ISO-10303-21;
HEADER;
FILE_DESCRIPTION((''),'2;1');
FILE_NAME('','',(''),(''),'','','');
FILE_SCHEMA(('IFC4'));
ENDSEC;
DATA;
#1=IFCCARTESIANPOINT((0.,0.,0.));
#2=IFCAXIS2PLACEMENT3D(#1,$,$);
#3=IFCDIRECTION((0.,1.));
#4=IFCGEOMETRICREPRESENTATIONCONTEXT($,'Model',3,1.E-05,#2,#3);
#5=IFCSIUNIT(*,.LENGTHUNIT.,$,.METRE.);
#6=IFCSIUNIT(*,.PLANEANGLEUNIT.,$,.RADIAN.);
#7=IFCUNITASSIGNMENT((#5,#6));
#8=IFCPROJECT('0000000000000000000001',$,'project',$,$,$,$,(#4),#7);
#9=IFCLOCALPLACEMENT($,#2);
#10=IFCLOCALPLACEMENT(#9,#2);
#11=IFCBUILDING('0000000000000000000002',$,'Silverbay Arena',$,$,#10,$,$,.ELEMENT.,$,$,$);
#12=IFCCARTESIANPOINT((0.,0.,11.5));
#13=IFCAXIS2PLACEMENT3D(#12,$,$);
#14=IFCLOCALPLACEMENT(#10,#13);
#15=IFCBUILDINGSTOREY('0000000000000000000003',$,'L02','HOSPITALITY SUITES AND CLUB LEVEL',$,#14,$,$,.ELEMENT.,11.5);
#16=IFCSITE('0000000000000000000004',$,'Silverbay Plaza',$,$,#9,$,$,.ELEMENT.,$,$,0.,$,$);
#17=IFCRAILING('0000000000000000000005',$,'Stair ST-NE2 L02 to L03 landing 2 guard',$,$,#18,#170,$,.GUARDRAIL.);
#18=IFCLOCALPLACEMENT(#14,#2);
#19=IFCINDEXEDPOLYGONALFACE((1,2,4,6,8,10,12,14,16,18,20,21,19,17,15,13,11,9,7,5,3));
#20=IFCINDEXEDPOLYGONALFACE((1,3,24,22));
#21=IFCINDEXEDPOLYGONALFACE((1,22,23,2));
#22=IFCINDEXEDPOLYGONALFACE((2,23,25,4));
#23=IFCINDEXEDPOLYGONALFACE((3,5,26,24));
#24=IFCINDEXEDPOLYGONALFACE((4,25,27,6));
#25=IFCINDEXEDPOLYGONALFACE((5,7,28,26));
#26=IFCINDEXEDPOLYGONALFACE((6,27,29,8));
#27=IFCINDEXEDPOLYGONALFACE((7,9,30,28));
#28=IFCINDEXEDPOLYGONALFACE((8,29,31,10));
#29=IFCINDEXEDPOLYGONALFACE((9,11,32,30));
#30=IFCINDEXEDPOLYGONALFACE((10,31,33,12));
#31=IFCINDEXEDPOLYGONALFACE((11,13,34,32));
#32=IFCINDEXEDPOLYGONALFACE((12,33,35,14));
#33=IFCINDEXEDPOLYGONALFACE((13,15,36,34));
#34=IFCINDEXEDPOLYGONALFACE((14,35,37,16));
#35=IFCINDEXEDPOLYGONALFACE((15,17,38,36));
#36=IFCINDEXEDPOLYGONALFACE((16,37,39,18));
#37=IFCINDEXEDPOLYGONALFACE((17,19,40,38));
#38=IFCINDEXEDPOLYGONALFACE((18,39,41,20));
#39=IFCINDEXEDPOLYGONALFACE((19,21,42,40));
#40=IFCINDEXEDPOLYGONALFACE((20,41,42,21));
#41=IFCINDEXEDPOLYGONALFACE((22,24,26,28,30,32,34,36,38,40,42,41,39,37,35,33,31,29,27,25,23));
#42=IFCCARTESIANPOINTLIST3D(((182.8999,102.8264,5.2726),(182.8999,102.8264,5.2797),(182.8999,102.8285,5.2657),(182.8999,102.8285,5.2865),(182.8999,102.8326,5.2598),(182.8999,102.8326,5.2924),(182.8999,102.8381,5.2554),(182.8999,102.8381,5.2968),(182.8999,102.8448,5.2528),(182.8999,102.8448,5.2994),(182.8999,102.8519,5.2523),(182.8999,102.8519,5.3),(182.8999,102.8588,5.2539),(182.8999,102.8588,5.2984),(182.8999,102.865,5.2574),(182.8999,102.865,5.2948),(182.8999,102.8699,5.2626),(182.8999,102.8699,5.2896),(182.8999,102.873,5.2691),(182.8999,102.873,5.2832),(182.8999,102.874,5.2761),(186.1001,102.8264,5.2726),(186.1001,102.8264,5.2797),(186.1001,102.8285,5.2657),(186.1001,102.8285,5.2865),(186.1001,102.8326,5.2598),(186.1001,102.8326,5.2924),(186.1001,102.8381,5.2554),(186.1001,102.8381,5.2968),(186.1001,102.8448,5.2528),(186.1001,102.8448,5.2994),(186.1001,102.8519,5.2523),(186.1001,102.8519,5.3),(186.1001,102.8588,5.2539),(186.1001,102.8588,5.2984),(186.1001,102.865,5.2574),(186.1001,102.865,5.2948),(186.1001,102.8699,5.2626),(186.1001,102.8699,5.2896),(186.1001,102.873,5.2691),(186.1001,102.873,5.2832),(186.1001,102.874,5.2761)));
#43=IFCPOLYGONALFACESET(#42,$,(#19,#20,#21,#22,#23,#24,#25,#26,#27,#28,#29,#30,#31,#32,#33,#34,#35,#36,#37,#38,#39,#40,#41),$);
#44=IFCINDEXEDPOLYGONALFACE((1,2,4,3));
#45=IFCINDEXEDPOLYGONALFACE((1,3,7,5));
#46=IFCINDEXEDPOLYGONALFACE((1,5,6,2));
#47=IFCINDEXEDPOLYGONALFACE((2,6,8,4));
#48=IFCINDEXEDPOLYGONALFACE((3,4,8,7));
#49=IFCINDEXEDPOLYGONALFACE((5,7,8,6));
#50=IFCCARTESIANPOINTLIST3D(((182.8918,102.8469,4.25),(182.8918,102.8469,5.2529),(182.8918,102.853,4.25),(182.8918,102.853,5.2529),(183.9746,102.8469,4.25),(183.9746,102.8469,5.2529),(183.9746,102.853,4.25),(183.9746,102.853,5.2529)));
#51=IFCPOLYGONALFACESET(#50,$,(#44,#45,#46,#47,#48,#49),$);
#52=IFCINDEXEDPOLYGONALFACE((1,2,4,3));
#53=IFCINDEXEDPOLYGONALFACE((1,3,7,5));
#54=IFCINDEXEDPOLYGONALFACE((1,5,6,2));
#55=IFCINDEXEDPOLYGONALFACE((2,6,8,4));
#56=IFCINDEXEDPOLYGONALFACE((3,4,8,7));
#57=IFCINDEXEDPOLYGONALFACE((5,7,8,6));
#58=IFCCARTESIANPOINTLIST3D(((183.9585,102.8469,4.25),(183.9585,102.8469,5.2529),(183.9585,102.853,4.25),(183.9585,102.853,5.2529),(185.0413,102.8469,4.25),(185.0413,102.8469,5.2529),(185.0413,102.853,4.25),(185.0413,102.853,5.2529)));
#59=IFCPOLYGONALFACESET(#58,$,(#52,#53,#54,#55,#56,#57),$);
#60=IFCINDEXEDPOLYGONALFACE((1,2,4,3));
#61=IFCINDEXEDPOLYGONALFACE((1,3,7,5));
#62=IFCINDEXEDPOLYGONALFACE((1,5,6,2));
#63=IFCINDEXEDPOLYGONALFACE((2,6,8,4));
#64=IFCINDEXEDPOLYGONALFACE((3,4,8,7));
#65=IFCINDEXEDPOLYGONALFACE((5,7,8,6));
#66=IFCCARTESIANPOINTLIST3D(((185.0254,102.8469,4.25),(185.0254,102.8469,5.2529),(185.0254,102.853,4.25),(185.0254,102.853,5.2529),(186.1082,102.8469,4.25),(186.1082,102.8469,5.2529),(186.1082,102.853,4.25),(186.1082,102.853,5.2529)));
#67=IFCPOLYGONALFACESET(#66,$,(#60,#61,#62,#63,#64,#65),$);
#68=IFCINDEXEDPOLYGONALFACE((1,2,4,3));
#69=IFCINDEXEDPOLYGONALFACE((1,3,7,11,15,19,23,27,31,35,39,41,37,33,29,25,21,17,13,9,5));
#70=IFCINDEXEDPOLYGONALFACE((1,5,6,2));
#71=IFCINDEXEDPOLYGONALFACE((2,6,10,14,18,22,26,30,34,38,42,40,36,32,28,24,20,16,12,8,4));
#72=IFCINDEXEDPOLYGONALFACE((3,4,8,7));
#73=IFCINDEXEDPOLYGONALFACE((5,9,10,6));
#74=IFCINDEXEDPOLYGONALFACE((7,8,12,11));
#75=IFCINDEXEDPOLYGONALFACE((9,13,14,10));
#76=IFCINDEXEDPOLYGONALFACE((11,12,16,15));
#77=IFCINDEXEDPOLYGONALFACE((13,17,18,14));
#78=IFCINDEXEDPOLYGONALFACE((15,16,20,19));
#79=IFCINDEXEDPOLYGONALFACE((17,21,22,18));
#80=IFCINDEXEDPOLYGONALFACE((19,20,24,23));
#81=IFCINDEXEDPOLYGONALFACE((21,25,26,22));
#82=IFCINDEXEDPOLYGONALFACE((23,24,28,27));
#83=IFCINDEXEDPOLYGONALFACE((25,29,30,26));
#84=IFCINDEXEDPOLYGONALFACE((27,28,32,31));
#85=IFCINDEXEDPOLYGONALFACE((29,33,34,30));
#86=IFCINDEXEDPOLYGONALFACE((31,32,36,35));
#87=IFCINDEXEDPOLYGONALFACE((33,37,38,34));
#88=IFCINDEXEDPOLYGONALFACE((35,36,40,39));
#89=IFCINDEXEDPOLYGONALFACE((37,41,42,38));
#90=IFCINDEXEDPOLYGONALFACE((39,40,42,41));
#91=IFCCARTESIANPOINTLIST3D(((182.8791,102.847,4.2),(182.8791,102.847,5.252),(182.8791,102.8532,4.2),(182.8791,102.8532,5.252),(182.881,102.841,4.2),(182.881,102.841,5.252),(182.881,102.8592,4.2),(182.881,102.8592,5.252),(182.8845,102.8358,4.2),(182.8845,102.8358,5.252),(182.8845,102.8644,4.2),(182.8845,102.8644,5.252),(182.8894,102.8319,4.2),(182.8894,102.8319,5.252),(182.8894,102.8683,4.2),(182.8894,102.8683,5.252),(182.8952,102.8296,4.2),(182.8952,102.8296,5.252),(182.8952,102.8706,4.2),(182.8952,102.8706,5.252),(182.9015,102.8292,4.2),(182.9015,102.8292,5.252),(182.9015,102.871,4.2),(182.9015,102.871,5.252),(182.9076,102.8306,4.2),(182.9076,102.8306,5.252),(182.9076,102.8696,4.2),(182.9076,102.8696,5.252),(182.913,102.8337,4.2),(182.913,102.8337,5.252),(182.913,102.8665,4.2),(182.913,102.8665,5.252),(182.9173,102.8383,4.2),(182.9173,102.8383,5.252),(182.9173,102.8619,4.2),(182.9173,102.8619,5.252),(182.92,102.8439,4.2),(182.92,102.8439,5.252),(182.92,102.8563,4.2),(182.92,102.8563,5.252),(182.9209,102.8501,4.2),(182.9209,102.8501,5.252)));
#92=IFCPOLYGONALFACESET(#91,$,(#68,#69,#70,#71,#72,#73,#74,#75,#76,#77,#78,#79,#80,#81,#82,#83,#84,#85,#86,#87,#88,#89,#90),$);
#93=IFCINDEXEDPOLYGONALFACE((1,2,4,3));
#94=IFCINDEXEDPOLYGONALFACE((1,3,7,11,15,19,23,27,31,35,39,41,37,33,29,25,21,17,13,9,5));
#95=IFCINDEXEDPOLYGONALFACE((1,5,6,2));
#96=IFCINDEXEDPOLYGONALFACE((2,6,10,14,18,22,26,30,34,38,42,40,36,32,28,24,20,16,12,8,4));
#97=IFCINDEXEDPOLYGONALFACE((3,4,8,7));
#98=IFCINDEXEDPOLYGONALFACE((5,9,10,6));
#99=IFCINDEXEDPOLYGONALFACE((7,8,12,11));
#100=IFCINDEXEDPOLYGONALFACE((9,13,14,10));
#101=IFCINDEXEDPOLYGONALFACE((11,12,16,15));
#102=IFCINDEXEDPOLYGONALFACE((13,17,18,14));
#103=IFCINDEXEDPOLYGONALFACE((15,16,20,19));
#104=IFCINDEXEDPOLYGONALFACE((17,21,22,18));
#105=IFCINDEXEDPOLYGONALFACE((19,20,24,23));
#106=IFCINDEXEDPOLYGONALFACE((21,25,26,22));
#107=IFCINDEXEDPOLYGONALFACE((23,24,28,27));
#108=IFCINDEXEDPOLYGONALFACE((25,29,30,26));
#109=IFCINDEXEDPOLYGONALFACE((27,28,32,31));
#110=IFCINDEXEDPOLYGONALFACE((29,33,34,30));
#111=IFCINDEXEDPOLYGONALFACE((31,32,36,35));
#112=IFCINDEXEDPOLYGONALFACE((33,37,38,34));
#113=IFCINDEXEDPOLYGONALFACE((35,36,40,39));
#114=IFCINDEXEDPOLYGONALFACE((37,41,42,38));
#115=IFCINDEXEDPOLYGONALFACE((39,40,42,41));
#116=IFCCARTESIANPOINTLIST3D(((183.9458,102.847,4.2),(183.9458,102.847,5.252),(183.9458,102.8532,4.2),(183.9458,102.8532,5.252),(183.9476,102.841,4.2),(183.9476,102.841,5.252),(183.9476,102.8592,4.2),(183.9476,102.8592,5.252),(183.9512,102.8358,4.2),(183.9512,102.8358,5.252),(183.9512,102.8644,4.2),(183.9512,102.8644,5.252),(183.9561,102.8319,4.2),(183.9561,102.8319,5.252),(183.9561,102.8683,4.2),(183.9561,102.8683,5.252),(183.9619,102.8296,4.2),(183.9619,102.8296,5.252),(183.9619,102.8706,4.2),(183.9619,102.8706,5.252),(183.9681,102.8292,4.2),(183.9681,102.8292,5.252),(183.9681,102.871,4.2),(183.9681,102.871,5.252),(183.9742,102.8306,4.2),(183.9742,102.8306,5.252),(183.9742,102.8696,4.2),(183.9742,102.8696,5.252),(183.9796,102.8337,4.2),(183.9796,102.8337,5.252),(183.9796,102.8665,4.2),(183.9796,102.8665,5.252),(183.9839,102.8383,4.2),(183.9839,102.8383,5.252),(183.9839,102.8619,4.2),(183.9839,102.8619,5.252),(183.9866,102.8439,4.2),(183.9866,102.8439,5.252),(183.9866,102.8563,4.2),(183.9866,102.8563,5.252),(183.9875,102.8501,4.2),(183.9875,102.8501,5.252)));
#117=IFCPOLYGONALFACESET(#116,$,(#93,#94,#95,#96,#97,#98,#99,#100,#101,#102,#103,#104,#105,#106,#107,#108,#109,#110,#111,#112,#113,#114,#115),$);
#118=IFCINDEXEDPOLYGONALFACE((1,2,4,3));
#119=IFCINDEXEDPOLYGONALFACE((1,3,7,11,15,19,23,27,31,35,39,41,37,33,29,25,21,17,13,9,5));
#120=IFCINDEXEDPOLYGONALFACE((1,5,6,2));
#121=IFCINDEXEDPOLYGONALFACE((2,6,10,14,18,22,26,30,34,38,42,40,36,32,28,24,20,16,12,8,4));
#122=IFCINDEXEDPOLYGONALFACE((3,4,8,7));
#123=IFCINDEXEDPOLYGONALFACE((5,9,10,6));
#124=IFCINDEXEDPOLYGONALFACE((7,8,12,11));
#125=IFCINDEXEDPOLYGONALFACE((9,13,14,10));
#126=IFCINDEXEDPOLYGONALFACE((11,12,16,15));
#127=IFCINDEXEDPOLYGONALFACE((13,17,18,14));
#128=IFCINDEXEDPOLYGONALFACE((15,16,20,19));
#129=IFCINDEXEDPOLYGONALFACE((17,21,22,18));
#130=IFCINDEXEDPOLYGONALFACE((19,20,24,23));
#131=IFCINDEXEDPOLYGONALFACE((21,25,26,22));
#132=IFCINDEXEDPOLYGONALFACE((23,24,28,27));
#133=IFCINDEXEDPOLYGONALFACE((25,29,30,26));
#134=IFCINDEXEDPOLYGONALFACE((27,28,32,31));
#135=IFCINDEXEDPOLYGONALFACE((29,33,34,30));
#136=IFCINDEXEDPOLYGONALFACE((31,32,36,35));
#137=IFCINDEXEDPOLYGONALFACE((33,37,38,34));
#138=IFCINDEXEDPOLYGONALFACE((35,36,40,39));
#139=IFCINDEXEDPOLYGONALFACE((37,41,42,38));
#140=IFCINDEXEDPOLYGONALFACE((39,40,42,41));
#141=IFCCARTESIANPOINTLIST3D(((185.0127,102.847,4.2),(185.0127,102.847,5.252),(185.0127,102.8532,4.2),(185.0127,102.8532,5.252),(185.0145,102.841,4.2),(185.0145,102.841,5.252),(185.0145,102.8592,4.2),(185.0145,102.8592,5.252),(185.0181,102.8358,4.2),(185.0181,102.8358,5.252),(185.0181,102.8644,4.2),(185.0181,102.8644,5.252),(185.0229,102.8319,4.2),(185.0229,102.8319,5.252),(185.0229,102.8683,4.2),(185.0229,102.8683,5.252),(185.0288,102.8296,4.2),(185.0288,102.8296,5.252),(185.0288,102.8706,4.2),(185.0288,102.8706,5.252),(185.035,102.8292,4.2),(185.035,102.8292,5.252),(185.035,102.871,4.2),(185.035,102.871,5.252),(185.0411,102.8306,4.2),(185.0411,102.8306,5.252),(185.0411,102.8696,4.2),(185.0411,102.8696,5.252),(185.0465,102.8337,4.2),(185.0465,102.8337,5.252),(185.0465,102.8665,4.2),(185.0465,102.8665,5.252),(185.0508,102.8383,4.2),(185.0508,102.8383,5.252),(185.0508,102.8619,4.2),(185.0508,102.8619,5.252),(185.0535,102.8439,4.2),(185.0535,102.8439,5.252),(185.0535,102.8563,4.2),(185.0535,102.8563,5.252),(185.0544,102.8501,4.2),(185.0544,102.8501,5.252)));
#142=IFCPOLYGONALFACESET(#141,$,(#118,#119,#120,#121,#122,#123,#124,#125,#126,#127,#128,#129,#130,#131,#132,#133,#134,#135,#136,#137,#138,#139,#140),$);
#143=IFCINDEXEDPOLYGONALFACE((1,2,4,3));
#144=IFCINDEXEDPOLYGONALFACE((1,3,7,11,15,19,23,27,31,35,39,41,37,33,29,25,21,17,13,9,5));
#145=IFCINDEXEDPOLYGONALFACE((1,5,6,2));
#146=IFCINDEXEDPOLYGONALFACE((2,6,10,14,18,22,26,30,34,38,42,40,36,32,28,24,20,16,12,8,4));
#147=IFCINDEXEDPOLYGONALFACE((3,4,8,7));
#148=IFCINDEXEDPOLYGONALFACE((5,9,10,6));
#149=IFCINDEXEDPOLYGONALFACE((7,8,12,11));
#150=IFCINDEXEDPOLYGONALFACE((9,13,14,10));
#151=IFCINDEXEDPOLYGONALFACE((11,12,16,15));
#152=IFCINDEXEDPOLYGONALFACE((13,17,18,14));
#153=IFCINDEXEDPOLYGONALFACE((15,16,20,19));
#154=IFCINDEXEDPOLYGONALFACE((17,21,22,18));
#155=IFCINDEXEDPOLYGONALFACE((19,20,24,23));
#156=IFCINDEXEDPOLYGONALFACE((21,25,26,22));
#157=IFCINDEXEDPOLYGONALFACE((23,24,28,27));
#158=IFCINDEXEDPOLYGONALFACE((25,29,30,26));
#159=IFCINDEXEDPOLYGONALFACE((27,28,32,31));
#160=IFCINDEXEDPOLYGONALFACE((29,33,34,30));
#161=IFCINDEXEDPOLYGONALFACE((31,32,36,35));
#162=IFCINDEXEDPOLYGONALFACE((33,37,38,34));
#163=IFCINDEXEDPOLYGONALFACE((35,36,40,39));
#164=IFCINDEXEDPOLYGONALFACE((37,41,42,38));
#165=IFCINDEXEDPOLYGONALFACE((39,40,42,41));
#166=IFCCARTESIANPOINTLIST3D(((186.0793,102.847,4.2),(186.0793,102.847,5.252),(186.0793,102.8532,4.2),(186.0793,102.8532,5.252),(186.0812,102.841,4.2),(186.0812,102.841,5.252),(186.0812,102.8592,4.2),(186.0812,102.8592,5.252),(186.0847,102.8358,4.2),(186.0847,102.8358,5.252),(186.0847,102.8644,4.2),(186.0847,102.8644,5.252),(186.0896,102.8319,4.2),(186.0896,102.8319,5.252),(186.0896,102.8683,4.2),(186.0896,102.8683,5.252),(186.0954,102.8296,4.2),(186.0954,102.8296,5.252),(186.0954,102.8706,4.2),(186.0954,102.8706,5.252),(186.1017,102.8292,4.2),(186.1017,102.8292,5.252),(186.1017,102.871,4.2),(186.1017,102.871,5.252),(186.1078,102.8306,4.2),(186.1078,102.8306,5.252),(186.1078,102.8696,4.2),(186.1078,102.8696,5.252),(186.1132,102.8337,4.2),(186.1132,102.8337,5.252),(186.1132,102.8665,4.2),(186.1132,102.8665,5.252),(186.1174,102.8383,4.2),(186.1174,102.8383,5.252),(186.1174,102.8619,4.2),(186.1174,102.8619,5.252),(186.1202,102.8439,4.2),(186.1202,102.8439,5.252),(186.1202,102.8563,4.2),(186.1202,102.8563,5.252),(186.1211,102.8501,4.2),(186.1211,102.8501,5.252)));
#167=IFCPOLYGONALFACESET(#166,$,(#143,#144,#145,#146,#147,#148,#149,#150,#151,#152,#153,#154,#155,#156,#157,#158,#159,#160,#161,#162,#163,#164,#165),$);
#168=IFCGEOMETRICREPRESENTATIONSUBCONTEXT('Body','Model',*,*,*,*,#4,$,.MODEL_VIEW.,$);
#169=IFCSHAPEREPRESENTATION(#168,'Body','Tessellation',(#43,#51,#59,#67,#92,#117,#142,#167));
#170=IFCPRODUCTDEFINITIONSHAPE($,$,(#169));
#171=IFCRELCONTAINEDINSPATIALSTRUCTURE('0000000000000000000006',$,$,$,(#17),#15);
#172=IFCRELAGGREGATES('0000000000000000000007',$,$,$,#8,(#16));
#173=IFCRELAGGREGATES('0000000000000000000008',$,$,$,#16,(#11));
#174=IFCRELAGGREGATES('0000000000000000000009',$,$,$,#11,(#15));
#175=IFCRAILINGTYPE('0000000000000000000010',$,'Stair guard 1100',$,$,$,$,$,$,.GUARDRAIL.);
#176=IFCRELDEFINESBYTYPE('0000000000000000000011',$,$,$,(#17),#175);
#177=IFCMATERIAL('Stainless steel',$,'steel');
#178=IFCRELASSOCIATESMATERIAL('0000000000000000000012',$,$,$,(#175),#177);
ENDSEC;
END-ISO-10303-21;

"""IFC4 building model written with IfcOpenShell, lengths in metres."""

from ifc_helpers import new_model, si_unit, direction, frame, origin, origin_2d, place, context, subcontext, project, spatial, polyline, circle, outline, extrude, material, type_object, element, save


model = new_model("IFC4")

# Units and contexts
model_context = context("Model", 3, precision=1e-05, world=origin(), true_north=direction((0.0, 1.0)))
body_context = subcontext(model_context, "Body", "Model", "MODEL_VIEW")
ifc_project = project(units=[si_unit("LENGTHUNIT", "METRE"), si_unit("PLANEANGLEUNIT", "RADIAN")], contexts=[model_context])

# Site, building, storey
site_placement = place(None, origin())
site = spatial("IfcSite", under=ifc_project, at=site_placement, Name="Silverbay Plaza", CompositionType="ELEMENT", RefElevation=0.0)
building_placement = place(site_placement, origin())
building = spatial("IfcBuilding", under=site, at=building_placement, Name="Silverbay Arena", CompositionType="ELEMENT")
storey_placement = place(building_placement, frame((0.0, 0.0, 11.5)))
storey = spatial("IfcBuildingStorey", under=building, at=storey_placement, Name="L02", Description="HOSPITALITY SUITES AND CLUB LEVEL", CompositionType="ELEMENT", Elevation=11.5)

# Railing
ifc_material_1 = material(Name="Stainless steel", Category="steel")
railing_type_1 = type_object("IfcRailingType", Name="Stair guard 1100", PredefinedType="GUARDRAIL", material=ifc_material_1)
for number, where, name in (
    (1, (182.8999, 102.8501, 4.2), "Stair ST-NE2 L02 to L03 landing 2 guard"),
):
    element("IfcRailing", number, at=place(storey_placement, frame(where)), inside=storey, type_object=railing_type_1, Name=name, PredefinedType="GUARDRAIL", context=body_context, shape_type="SweptSolid", body=[
        extrude(circle(Radius=0.0239, at=origin_2d()), frame((0.0, 0.0, 1.0762), z_axis=(1.0, 0.0, 0.0), x_axis=(0.0, 1.0, 0.0)), (0.0, 0.0, 1.0), 3.2002),
        extrude(outline(polyline([(-0.0081, 0.05), (1.0747, 0.05), (1.0747, 1.053), (-0.0081, 1.053), (-0.0081, 0.05)])), frame((0.0, 0.0029, 0.0), z_axis=(0.0, -1.0, 0.0), x_axis=(1.0, 0.0, 0.0)), (0.0, 0.0, 1.0), 0.0061),
        extrude(outline(polyline([(-0.0081, 0.05), (1.0747, 0.05), (1.0747, 1.053), (-0.0081, 1.053), (-0.0081, 0.05)])), frame((1.0667, 0.0029, 0.0), z_axis=(0.0, -1.0, 0.0), x_axis=(1.0, 0.0, 0.0)), (0.0, 0.0, 1.0), 0.0061),
        extrude(outline(polyline([(-0.0081, 0.05), (1.0747, 0.05), (1.0747, 1.053), (-0.0081, 1.053), (-0.0081, 0.05)])), frame((2.1335, 0.0029, 0.0), z_axis=(0.0, -1.0, 0.0), x_axis=(1.0, 0.0, 0.0)), (0.0, 0.0, 1.0), 0.0061),
        extrude(circle(Radius=0.021, at=origin_2d()), origin(), (0.0, 0.0, 1.0), 1.052),
        extrude(circle(Radius=0.021, at=origin_2d()), frame((1.0667, 0.0, 0.0)), (0.0, 0.0, 1.0), 1.052),
        extrude(circle(Radius=0.021, at=origin_2d()), frame((2.1335, 0.0, 0.0)), (0.0, 0.0, 1.0), 1.052),
        extrude(circle(Radius=0.021, at=origin_2d()), frame((3.2002, 0.0, 0.0)), (0.0, 0.0, 1.0), 1.052),
    ])

save(model, "model.ifc")
